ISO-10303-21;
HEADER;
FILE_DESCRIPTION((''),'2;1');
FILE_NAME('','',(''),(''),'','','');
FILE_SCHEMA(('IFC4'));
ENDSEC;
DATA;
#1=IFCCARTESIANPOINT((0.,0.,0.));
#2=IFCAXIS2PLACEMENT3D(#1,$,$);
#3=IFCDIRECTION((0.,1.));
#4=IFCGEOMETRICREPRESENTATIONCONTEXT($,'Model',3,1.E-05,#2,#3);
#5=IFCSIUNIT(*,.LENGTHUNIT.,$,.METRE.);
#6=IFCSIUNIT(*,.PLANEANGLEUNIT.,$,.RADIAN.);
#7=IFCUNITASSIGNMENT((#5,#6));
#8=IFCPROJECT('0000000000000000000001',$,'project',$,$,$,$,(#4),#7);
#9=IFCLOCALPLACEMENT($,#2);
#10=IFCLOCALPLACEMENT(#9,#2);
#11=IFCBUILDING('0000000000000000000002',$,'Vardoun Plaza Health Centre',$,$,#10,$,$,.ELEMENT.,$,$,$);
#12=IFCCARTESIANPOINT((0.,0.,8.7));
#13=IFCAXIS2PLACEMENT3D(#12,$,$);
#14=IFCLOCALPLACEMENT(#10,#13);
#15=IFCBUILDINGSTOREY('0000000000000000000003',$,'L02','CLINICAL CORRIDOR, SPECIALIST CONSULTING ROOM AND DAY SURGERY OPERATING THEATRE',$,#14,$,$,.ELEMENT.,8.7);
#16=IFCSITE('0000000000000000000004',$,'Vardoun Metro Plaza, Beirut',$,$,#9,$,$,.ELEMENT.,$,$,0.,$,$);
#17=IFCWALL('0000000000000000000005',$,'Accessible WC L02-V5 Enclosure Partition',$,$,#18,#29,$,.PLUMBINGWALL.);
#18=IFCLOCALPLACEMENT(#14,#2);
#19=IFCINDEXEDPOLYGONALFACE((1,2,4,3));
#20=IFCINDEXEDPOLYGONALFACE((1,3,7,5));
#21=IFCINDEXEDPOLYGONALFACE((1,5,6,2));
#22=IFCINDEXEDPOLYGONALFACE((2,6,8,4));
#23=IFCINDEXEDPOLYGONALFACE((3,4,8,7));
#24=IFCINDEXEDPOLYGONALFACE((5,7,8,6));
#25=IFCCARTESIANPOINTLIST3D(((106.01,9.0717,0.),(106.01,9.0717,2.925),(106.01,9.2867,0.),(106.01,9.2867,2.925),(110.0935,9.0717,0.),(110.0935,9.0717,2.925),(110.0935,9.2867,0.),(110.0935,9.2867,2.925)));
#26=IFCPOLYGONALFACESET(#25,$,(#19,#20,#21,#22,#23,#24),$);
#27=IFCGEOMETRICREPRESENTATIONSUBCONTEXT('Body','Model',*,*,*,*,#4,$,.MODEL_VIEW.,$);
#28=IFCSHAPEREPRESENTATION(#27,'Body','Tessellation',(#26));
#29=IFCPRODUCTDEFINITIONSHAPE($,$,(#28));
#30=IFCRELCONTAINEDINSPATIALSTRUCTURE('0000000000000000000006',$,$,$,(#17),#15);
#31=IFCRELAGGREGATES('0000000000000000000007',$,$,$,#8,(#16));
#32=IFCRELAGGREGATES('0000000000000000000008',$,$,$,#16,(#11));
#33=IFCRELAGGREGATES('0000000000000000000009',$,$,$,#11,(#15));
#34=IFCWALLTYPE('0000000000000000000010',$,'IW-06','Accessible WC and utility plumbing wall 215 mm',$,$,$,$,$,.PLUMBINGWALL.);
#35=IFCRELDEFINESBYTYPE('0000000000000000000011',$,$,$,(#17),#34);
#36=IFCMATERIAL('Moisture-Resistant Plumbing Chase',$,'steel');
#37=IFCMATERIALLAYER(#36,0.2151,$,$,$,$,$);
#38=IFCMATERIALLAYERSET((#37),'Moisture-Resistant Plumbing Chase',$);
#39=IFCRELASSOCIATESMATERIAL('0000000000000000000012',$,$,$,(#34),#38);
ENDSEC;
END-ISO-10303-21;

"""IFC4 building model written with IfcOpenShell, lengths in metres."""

from ifc_helpers import new_model, si_unit, direction, frame, frame_2d, origin, place, context, subcontext, project, spatial, rectangle, extrude, material, layer, layer_set, type_object, element, save


model = new_model("IFC4")

# Units and contexts
model_context = context("Model", 3, precision=1e-05, world=origin(), true_north=direction((0.0, 1.0)))
body_context = subcontext(model_context, "Body", "Model", "MODEL_VIEW")
ifc_project = project(units=[si_unit("LENGTHUNIT", "METRE"), si_unit("PLANEANGLEUNIT", "RADIAN")], contexts=[model_context])

# Site, building, storey
site_placement = place(None, origin())
site = spatial("IfcSite", under=ifc_project, at=site_placement, Name="Vardoun Metro Plaza, Beirut", CompositionType="ELEMENT", RefElevation=0.0)
building_placement = place(site_placement, origin())
building = spatial("IfcBuilding", under=site, at=building_placement, Name="Vardoun Plaza Health Centre", CompositionType="ELEMENT")
storey_placement = place(building_placement, frame((0.0, 0.0, 8.7)))
storey = spatial("IfcBuildingStorey", under=building, at=storey_placement, Name="L02", Description="CLINICAL CORRIDOR, SPECIALIST CONSULTING ROOM AND DAY SURGERY OPERATING THEATRE", CompositionType="ELEMENT", Elevation=8.7)

# Shared definitions
ifc_material_1 = material(Name="Moisture-Resistant Plumbing Chase", Category="steel")
ifc_layer_1 = layer(ifc_material_1, 0.2151)
ifc_layer_set_1 = layer_set([ifc_layer_1], Name="Moisture-Resistant Plumbing Chase")
wall_type_1 = type_object("IfcWallType", Name="IW-06", Description="Accessible WC and utility plumbing wall 215 mm", PredefinedType="PLUMBINGWALL", material=ifc_layer_set_1)

# Wall
wall_1_placement = place(storey_placement, frame((110.0935, 9.1792, 0.0), z_axis=(0.0, 0.0, 1.0), x_axis=(-1.0, 0.0, 0.0)))
element("IfcWall", 1, at=wall_1_placement, inside=storey, type_object=wall_type_1, Name="Accessible WC L02-V5 Enclosure Partition", PredefinedType="PLUMBINGWALL", context=body_context, shape_type="SweptSolid", body=[
    extrude(rectangle(XDim=4.0835, YDim=0.2151, at=frame_2d((2.0417, 0.0))), origin(), (0.0, 0.0, 1.0), 2.925),
])

save(model, "model.ifc")
